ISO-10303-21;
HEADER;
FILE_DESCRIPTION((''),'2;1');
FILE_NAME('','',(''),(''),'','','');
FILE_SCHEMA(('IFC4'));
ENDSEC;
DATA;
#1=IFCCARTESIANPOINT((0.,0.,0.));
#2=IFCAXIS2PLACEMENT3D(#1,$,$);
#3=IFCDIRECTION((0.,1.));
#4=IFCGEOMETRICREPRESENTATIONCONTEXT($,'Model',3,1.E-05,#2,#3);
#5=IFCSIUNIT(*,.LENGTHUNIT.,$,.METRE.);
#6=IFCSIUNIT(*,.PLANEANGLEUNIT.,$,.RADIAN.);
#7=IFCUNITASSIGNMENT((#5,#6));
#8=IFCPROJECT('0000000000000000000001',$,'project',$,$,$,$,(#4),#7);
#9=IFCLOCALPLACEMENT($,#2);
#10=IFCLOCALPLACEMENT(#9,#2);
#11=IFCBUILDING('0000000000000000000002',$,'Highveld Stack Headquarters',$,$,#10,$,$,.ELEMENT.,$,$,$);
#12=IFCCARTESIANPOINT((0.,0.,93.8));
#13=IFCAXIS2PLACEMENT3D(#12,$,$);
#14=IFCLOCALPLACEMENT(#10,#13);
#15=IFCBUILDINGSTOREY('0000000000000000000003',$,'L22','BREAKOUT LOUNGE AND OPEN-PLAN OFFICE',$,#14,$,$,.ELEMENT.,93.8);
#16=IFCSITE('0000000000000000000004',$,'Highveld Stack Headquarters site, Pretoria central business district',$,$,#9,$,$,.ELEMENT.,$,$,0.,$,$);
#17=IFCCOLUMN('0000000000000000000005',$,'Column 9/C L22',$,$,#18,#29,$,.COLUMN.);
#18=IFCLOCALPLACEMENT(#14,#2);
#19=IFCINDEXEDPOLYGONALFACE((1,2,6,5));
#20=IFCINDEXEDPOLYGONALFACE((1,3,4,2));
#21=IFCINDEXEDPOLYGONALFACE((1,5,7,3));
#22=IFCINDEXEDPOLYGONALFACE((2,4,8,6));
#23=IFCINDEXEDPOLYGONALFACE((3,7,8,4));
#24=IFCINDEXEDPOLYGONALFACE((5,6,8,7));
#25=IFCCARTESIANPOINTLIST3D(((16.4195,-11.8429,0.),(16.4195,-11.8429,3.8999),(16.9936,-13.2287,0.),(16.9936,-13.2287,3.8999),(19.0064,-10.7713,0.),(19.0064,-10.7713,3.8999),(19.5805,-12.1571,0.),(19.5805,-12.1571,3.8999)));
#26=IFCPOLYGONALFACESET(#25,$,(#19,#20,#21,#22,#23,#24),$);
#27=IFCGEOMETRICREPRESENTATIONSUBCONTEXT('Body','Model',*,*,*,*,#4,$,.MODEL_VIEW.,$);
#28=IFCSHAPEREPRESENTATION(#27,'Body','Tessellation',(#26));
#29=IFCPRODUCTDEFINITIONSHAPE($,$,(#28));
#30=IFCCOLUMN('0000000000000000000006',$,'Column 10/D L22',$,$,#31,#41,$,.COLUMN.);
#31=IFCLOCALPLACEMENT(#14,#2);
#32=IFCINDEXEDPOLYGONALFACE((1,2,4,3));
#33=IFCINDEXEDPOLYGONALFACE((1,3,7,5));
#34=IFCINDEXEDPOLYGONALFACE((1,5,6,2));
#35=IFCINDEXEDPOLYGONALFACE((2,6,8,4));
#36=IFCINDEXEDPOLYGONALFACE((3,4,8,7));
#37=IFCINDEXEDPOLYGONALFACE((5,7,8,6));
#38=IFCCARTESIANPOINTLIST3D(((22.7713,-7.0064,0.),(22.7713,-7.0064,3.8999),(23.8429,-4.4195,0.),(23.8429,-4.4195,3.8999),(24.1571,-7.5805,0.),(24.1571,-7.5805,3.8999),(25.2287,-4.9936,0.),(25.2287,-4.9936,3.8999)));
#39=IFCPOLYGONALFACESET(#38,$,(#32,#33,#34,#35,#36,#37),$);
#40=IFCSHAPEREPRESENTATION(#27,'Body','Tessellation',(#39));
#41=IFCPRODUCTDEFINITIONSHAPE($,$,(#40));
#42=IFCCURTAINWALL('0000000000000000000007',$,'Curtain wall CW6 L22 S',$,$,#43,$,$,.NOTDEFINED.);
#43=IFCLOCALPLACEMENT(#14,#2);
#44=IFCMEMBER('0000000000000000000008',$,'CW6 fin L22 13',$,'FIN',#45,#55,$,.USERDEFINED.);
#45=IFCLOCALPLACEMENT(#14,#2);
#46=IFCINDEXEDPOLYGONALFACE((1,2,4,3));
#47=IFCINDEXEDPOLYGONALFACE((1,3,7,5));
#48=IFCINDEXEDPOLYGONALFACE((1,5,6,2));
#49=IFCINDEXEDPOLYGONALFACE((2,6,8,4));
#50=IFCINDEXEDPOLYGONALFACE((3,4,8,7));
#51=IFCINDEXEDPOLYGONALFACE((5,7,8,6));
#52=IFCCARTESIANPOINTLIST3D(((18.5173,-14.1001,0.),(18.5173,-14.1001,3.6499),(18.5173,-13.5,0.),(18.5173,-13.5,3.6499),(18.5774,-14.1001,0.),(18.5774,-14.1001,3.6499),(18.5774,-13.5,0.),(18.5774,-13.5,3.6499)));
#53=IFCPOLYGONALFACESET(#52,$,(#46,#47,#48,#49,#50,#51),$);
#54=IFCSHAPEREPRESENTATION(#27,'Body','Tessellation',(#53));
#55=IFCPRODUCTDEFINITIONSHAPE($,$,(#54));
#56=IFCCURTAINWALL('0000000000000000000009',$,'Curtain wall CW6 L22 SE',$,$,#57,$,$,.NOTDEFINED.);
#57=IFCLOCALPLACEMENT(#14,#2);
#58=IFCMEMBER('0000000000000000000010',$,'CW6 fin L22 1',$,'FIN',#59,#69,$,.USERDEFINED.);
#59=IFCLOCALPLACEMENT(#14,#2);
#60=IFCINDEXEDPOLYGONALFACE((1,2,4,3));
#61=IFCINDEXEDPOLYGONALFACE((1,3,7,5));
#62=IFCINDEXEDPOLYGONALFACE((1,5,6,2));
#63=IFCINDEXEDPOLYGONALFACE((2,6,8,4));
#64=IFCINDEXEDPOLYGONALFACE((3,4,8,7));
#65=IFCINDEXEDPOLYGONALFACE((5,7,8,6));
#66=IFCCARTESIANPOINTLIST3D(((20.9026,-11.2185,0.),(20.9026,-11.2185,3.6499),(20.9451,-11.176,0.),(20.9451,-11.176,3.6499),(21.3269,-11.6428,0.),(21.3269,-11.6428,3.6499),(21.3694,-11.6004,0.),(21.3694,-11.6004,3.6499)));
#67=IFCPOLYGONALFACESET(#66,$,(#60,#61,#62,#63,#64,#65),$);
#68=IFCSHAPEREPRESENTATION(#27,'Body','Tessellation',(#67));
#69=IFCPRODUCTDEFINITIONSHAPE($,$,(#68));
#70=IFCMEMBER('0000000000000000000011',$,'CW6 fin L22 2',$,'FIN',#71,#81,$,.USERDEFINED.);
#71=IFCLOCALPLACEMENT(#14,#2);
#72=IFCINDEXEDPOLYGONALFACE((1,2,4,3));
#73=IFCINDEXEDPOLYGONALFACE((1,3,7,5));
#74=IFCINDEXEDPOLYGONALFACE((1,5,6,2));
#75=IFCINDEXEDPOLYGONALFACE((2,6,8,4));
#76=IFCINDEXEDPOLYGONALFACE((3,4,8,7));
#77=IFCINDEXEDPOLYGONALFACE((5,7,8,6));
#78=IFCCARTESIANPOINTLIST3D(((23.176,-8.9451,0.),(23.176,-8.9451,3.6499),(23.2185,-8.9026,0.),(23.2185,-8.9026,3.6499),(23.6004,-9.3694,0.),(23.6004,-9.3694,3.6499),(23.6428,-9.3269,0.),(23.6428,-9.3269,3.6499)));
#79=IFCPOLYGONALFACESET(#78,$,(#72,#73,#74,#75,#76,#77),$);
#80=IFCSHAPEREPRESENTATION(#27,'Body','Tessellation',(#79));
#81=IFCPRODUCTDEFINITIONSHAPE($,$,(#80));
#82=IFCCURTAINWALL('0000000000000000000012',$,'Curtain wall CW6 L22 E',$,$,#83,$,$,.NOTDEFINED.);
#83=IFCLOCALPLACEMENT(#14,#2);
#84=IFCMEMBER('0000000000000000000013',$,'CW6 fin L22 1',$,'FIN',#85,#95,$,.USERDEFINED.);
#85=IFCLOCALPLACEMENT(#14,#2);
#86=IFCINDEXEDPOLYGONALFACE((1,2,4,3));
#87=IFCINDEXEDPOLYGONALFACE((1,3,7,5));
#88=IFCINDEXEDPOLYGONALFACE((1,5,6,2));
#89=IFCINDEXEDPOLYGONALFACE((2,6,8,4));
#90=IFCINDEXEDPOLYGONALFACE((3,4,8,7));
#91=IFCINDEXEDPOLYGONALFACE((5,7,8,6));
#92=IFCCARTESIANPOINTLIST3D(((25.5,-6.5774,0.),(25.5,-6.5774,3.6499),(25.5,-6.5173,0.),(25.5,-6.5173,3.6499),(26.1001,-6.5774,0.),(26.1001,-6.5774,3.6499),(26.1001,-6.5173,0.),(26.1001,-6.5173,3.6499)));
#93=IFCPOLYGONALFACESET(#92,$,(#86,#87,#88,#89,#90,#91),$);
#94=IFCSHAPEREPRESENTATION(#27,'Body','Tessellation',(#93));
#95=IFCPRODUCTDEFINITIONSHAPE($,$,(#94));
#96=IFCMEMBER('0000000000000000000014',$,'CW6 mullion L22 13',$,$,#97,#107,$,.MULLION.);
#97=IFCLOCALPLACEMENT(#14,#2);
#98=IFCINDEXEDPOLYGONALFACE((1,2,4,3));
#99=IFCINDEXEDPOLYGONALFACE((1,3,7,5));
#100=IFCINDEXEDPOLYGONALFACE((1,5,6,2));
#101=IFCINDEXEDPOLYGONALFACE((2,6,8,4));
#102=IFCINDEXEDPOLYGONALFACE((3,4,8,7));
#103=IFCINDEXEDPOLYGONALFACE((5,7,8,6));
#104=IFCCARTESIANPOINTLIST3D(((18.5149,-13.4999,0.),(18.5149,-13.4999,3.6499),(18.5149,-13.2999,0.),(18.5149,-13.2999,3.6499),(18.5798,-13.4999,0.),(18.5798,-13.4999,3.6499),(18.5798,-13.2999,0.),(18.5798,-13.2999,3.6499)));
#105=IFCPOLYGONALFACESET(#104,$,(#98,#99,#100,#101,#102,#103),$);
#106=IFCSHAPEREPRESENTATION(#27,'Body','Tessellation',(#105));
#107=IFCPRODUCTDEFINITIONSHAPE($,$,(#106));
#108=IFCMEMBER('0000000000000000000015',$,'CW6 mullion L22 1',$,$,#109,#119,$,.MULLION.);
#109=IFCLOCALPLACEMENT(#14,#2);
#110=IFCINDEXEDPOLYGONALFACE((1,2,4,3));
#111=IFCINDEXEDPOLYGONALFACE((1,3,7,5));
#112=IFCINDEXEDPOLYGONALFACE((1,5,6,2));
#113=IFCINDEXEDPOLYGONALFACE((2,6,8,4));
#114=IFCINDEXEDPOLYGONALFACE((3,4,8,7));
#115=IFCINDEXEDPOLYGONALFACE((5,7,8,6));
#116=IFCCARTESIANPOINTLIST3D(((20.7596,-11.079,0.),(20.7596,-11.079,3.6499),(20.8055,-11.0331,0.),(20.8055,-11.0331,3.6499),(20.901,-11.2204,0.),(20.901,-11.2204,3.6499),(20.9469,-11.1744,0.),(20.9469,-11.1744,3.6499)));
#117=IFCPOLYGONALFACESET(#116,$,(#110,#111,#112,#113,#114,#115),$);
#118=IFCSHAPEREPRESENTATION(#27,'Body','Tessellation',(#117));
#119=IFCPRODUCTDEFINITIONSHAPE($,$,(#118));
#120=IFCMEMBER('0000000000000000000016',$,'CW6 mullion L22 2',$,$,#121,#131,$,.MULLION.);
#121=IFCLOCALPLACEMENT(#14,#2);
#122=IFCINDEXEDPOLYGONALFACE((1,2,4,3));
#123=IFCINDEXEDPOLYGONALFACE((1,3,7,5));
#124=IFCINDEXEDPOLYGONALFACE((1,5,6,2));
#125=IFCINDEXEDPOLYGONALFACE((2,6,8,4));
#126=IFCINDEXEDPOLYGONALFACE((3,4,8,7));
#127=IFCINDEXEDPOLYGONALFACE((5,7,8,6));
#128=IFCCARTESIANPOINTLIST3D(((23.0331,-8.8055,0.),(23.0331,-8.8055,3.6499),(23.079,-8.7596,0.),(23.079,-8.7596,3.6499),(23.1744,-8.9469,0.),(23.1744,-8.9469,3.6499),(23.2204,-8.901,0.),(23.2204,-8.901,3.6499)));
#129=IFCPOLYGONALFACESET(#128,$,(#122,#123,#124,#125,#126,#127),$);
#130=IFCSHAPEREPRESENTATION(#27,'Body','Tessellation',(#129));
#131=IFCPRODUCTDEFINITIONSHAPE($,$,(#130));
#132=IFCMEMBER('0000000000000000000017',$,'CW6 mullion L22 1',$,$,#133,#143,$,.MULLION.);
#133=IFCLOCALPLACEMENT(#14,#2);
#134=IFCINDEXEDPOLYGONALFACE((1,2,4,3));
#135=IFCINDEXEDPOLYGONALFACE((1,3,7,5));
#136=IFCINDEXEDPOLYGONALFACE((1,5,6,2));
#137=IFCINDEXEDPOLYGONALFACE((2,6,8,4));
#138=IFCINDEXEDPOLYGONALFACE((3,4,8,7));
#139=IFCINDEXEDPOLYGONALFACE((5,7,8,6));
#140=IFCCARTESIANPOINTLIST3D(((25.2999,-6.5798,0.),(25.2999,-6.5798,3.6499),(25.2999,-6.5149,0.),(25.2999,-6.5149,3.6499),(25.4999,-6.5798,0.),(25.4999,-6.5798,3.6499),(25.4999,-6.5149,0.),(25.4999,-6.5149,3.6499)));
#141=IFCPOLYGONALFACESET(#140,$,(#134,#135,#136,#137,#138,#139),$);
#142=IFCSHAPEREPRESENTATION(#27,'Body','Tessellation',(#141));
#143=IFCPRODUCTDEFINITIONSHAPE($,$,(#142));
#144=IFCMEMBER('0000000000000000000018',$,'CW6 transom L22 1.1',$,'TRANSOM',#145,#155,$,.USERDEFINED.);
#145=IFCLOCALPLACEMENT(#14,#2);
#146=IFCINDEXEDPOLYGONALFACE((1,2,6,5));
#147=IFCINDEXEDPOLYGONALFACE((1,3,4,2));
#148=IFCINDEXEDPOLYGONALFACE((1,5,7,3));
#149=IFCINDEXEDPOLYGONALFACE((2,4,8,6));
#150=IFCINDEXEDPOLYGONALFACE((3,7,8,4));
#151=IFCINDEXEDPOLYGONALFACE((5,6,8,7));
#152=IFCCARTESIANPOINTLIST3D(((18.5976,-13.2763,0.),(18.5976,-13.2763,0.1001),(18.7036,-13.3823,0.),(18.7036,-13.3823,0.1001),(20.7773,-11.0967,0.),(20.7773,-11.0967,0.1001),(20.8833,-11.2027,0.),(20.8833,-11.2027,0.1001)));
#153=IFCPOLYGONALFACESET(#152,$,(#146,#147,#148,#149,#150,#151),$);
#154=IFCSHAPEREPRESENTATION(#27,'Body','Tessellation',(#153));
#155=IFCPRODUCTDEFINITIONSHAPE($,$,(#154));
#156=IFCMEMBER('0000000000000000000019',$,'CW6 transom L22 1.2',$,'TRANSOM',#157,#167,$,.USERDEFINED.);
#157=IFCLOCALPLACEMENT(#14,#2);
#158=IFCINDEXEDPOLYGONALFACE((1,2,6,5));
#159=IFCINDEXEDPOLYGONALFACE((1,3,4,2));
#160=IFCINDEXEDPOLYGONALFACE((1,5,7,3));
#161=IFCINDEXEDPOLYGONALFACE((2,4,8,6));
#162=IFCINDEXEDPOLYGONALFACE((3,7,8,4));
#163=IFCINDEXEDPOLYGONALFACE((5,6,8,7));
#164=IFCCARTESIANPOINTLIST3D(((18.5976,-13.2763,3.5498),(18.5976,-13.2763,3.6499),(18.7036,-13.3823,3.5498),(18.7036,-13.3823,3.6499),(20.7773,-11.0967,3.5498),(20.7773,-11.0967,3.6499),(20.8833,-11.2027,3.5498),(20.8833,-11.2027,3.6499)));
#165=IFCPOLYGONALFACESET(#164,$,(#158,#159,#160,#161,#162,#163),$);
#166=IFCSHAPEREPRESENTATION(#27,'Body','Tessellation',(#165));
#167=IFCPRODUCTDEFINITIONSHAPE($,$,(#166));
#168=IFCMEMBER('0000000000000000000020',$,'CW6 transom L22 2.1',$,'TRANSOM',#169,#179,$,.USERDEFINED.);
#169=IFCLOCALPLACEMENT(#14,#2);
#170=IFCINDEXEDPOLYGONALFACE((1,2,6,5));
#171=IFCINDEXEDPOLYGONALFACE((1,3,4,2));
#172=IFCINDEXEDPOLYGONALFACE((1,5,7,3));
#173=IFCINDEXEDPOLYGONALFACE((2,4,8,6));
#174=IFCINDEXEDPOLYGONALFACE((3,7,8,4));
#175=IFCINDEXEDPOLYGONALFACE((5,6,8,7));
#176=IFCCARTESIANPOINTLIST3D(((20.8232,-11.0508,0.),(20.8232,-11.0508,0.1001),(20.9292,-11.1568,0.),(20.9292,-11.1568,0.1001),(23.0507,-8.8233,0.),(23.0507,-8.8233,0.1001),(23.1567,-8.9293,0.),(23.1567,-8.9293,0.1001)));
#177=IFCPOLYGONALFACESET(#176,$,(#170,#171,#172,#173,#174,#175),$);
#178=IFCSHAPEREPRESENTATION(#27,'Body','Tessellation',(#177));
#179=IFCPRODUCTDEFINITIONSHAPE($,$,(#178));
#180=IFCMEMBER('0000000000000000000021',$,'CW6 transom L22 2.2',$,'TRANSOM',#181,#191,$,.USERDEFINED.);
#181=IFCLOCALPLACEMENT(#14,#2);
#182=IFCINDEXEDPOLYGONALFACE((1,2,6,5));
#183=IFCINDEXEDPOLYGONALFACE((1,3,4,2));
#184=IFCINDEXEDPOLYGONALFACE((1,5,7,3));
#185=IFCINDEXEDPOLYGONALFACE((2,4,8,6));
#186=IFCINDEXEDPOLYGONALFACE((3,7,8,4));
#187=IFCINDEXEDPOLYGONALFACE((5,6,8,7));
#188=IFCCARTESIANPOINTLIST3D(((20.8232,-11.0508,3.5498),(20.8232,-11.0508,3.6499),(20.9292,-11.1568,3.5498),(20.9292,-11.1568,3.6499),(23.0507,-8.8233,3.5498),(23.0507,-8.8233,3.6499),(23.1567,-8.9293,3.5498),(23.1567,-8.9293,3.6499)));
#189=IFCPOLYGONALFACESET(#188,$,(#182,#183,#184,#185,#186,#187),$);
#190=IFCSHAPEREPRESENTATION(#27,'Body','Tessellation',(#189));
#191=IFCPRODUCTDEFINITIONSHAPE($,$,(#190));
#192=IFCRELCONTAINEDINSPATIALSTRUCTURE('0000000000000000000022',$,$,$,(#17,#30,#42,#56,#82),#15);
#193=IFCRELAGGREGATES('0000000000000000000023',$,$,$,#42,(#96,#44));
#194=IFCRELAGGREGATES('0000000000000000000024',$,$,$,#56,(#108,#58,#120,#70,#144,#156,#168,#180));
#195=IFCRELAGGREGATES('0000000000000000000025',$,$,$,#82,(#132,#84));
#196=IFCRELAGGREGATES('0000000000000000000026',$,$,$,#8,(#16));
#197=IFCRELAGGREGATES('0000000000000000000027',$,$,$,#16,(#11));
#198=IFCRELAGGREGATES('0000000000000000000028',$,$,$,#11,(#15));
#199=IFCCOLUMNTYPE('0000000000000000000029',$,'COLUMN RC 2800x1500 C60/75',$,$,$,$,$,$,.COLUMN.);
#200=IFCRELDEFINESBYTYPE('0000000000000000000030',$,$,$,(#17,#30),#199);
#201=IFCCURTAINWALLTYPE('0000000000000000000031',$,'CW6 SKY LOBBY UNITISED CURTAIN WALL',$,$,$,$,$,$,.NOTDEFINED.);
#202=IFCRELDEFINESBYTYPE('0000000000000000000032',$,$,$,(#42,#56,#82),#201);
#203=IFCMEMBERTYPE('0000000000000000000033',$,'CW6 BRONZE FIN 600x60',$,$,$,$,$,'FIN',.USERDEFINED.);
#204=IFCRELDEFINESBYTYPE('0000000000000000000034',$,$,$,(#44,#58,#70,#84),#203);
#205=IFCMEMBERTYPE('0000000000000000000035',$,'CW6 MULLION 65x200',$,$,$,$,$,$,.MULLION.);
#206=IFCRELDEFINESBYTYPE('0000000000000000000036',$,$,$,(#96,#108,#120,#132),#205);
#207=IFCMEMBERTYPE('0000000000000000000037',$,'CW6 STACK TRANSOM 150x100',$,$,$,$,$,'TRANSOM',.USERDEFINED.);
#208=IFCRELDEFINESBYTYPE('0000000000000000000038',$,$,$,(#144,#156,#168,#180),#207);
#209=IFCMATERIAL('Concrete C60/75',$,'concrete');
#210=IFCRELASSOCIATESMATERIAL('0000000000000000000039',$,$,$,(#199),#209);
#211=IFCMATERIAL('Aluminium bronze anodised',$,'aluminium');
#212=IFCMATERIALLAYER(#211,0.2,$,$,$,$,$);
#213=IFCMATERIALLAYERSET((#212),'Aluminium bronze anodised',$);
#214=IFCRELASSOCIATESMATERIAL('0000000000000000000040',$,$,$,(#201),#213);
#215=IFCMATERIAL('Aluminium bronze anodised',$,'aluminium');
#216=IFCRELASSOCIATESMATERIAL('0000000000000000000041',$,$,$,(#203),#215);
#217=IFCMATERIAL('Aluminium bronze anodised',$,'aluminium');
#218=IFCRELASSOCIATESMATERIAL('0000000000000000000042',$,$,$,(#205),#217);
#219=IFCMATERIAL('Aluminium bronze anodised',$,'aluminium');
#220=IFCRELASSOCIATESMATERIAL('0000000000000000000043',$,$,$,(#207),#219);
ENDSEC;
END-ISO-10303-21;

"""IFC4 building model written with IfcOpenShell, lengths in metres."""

from ifc_helpers import new_model, si_unit, direction, frame, origin, origin_2d, place, context, subcontext, project, spatial, rectangle, extrude, material, layer, layer_set, material_profile, profile_set, type_object, element, aggregate, save


model = new_model("IFC4")

# Units and contexts
model_context = context("Model", 3, precision=1e-05, world=origin(), true_north=direction((0.0, 1.0)))
body_context = subcontext(model_context, "Body", "Model", "MODEL_VIEW")
ifc_project = project(units=[si_unit("LENGTHUNIT", "METRE"), si_unit("PLANEANGLEUNIT", "RADIAN")], contexts=[model_context])

# Site, building, storey
site_placement = place(None, origin())
site = spatial("IfcSite", under=ifc_project, at=site_placement, Name="Highveld Stack Headquarters site, Pretoria central business district", CompositionType="ELEMENT", RefElevation=0.0)
building_placement = place(site_placement, origin())
building = spatial("IfcBuilding", under=site, at=building_placement, Name="Highveld Stack Headquarters", CompositionType="ELEMENT")
storey_placement = place(building_placement, frame((0.0, 0.0, 93.8)))
storey = spatial("IfcBuildingStorey", under=building, at=storey_placement, Name="L22", Description="BREAKOUT LOUNGE AND OPEN-PLAN OFFICE", CompositionType="ELEMENT", Elevation=93.8)

# Columns
ifc_material_1 = material(Name="Concrete C60/75", Category="concrete")
ifc_material_profile_1 = material_profile(ifc_material_1, rectangle(XDim=2.8, YDim=1.5, at=origin_2d()), Name="RC 2800x1500")
ifc_profile_set_1 = profile_set([ifc_material_profile_1], Name="Concrete C60/75")
column_type = type_object("IfcColumnType", Name="COLUMN RC 2800x1500 C60/75", PredefinedType="COLUMN", material=ifc_profile_set_1)
for number, where, z_axis, x_axis, name in (
    (1, (18.0, -12.0, 0.0), (0.0, 0.0, 1.0), (-0.92388, -0.382683, 0.0), "Column 9/C L22"),
    (2, (24.0, -6.0, 0.0), (0.0, 0.0, 1.0), (-0.382683, -0.92388, 0.0), "Column 10/D L22"),
):
    element("IfcColumn", number, at=place(storey_placement, frame(where, z_axis=z_axis, x_axis=x_axis)), inside=storey, type_object=column_type, Name=name, PredefinedType="COLUMN", context=body_context, shape_type="SweptSolid", body=[
        extrude(rectangle(XDim=2.8, YDim=1.5, at=origin_2d()), origin(), (0.0, 0.0, 1.0), 3.8999),
    ])

# Curtain wall, member
ifc_material_2 = material(Name="Aluminium bronze anodised", Category="aluminium")
ifc_layer_1 = layer(ifc_material_2, 0.2)
ifc_layer_set_1 = layer_set([ifc_layer_1], Name="Aluminium bronze anodised")
curtain_wall_type = type_object("IfcCurtainWallType", Name="CW6 SKY LOBBY UNITISED CURTAIN WALL", PredefinedType="NOTDEFINED", material=ifc_layer_set_1)
curtain_wall_1_placement = place(storey_placement, origin())
curtain_wall_1 = element("IfcCurtainWall", 3, at=curtain_wall_1_placement, inside=storey, type_object=curtain_wall_type, Name="Curtain wall CW6 L22 S", PredefinedType="NOTDEFINED")
ifc_material_3 = material(Name="Aluminium bronze anodised", Category="aluminium")
ifc_material_profile_2 = material_profile(ifc_material_3, rectangle(XDim=0.6001, YDim=0.0601, at=origin_2d()), Name="FIN 600x60")
ifc_profile_set_2 = profile_set([ifc_material_profile_2], Name="Aluminium bronze anodised")
member_type_1 = type_object("IfcMemberType", Name="CW6 BRONZE FIN 600x60", ElementType="FIN", PredefinedType="USERDEFINED", material=ifc_profile_set_2)
member_1_placement = place(storey_placement, frame((18.5474, -13.8, 0.0), z_axis=(0.0, 0.0, 1.0), x_axis=(0.0, 1.0, 0.0)))
member_1 = element("IfcMember", 4, at=member_1_placement, type_object=member_type_1, Name="CW6 fin L22 13", ObjectType="FIN", PredefinedType="USERDEFINED", context=body_context, shape_type="SweptSolid", body=[
    extrude(rectangle(XDim=0.6001, YDim=0.0601, at=origin_2d()), origin(), (0.0, 0.0, 1.0), 3.6499),
])

# Curtain wall, members
curtain_wall_2_placement = place(storey_placement, origin())
curtain_wall_2 = element("IfcCurtainWall", 5, at=curtain_wall_2_placement, inside=storey, type_object=curtain_wall_type, Name="Curtain wall CW6 L22 SE", PredefinedType="NOTDEFINED")
member_2_placement = place(storey_placement, frame((21.136, -11.4094, 0.0), z_axis=(0.0, 0.0, 1.0), x_axis=(-0.707107, 0.707107, 0.0)))
member_2 = element("IfcMember", 6, at=member_2_placement, type_object=member_type_1, Name="CW6 fin L22 1", ObjectType="FIN", PredefinedType="USERDEFINED", context=body_context, shape_type="SweptSolid", body=[
    extrude(rectangle(XDim=0.6001, YDim=0.0601, at=origin_2d()), origin(), (0.0, 0.0, 1.0), 3.6499),
])
member_3_placement = place(storey_placement, frame((23.4094, -9.136, 0.0), z_axis=(0.0, 0.0, 1.0), x_axis=(-0.707107, 0.707107, 0.0)))
member_3 = element("IfcMember", 7, at=member_3_placement, type_object=member_type_1, Name="CW6 fin L22 2", ObjectType="FIN", PredefinedType="USERDEFINED", context=body_context, shape_type="SweptSolid", body=[
    extrude(rectangle(XDim=0.6001, YDim=0.0601, at=origin_2d()), origin(), (0.0, 0.0, 1.0), 3.6499),
])

# Curtain wall, member
curtain_wall_3_placement = place(storey_placement, origin())
curtain_wall_3 = element("IfcCurtainWall", 8, at=curtain_wall_3_placement, inside=storey, type_object=curtain_wall_type, Name="Curtain wall CW6 L22 E", PredefinedType="NOTDEFINED")
member_4_placement = place(storey_placement, frame((25.8, -6.5474, 0.0), z_axis=(0.0, 0.0, 1.0), x_axis=(-1.0, 0.0, 0.0)))
member_4 = element("IfcMember", 9, at=member_4_placement, type_object=member_type_1, Name="CW6 fin L22 1", ObjectType="FIN", PredefinedType="USERDEFINED", context=body_context, shape_type="SweptSolid", body=[
    extrude(rectangle(XDim=0.6001, YDim=0.0601, at=origin_2d()), origin(), (0.0, 0.0, 1.0), 3.6499),
])

# Members
ifc_material_4 = material(Name="Aluminium bronze anodised", Category="aluminium")
ifc_material_profile_3 = material_profile(ifc_material_4, rectangle(XDim=0.2, YDim=0.0649, at=origin_2d()), Name="CW6 MULLION 65x200")
ifc_profile_set_3 = profile_set([ifc_material_profile_3], Name="Aluminium bronze anodised")
member_type_2 = type_object("IfcMemberType", Name="CW6 MULLION 65x200", PredefinedType="MULLION", material=ifc_profile_set_3)
member_5_placement = place(storey_placement, frame((18.5474, -13.3999, 0.0), z_axis=(0.0, 0.0, 1.0), x_axis=(0.0, 1.0, 0.0)))
member_5 = element("IfcMember", 10, at=member_5_placement, type_object=member_type_2, Name="CW6 mullion L22 13", PredefinedType="MULLION", context=body_context, shape_type="SweptSolid", body=[
    extrude(rectangle(XDim=0.2, YDim=0.0649, at=origin_2d()), origin(), (0.0, 0.0, 1.0), 3.6499),
])
aggregate(curtain_wall_1, [member_5, member_1])
member_6_placement = place(storey_placement, frame((20.8533, -11.1267, 0.0), z_axis=(0.0, 0.0, 1.0), x_axis=(-0.707107, 0.707107, 0.0)))
member_6 = element("IfcMember", 11, at=member_6_placement, type_object=member_type_2, Name="CW6 mullion L22 1", PredefinedType="MULLION", context=body_context, shape_type="SweptSolid", body=[
    extrude(rectangle(XDim=0.2, YDim=0.0649, at=origin_2d()), origin(), (0.0, 0.0, 1.0), 3.6499),
])
member_7_placement = place(storey_placement, frame((23.1267, -8.8533, 0.0), z_axis=(0.0, 0.0, 1.0), x_axis=(-0.707107, 0.707107, 0.0)))
member_7 = element("IfcMember", 12, at=member_7_placement, type_object=member_type_2, Name="CW6 mullion L22 2", PredefinedType="MULLION", context=body_context, shape_type="SweptSolid", body=[
    extrude(rectangle(XDim=0.2, YDim=0.0649, at=origin_2d()), origin(), (0.0, 0.0, 1.0), 3.6499),
])
member_8_placement = place(storey_placement, frame((25.3999, -6.5474, 0.0), z_axis=(0.0, 0.0, 1.0), x_axis=(-1.0, 0.0, 0.0)))
member_8 = element("IfcMember", 13, at=member_8_placement, type_object=member_type_2, Name="CW6 mullion L22 1", PredefinedType="MULLION", context=body_context, shape_type="SweptSolid", body=[
    extrude(rectangle(XDim=0.2, YDim=0.0649, at=origin_2d()), origin(), (0.0, 0.0, 1.0), 3.6499),
])
ifc_material_5 = material(Name="Aluminium bronze anodised", Category="aluminium")
ifc_material_profile_4 = material_profile(ifc_material_5, rectangle(XDim=0.1499, YDim=0.1001, at=origin_2d()), Name="CW6 TRANSOM 150x100")
ifc_profile_set_4 = profile_set([ifc_material_profile_4], Name="Aluminium bronze anodised")
member_type_3 = type_object("IfcMemberType", Name="CW6 STACK TRANSOM 150x100", ElementType="TRANSOM", PredefinedType="USERDEFINED", material=ifc_profile_set_4)
member_9_placement = place(storey_placement, frame((18.6506, -13.3293, 0.05), z_axis=(0.707107, 0.707107, 0.0), x_axis=(-0.707107, 0.707107, 0.0)))
member_9 = element("IfcMember", 14, at=member_9_placement, type_object=member_type_3, Name="CW6 transom L22 1.1", ObjectType="TRANSOM", PredefinedType="USERDEFINED", context=body_context, shape_type="SweptSolid", body=[
    extrude(rectangle(XDim=0.1499, YDim=0.1001, at=origin_2d()), origin(), (0.0, 0.0, 1.0), 3.0825),
])
member_10_placement = place(storey_placement, frame((18.6506, -13.3293, 3.5999), z_axis=(0.707107, 0.707107, 0.0), x_axis=(-0.707107, 0.707107, 0.0)))
member_10 = element("IfcMember", 15, at=member_10_placement, type_object=member_type_3, Name="CW6 transom L22 1.2", ObjectType="TRANSOM", PredefinedType="USERDEFINED", context=body_context, shape_type="SweptSolid", body=[
    extrude(rectangle(XDim=0.1499, YDim=0.1001, at=origin_2d()), origin(), (0.0, 0.0, 1.0), 3.0825),
])
member_11_placement = place(storey_placement, frame((20.8762, -11.1038, 0.05), z_axis=(0.707107, 0.707107, 0.0), x_axis=(-0.707107, 0.707107, 0.0)))
member_11 = element("IfcMember", 16, at=member_11_placement, type_object=member_type_3, Name="CW6 transom L22 2.1", ObjectType="TRANSOM", PredefinedType="USERDEFINED", context=body_context, shape_type="SweptSolid", body=[
    extrude(rectangle(XDim=0.1499, YDim=0.1001, at=origin_2d()), origin(), (0.0, 0.0, 1.0), 3.1501),
])
member_12_placement = place(storey_placement, frame((20.8762, -11.1038, 3.5999), z_axis=(0.707107, 0.707107, 0.0), x_axis=(-0.707107, 0.707107, 0.0)))
member_12 = element("IfcMember", 17, at=member_12_placement, type_object=member_type_3, Name="CW6 transom L22 2.2", ObjectType="TRANSOM", PredefinedType="USERDEFINED", context=body_context, shape_type="SweptSolid", body=[
    extrude(rectangle(XDim=0.1499, YDim=0.1001, at=origin_2d()), origin(), (0.0, 0.0, 1.0), 3.1501),
])

aggregate(curtain_wall_2, [member_6, member_2, member_7, member_3, member_9, member_10, member_11, member_12])
aggregate(curtain_wall_3, [member_8, member_4])

save(model, "model.ifc")
